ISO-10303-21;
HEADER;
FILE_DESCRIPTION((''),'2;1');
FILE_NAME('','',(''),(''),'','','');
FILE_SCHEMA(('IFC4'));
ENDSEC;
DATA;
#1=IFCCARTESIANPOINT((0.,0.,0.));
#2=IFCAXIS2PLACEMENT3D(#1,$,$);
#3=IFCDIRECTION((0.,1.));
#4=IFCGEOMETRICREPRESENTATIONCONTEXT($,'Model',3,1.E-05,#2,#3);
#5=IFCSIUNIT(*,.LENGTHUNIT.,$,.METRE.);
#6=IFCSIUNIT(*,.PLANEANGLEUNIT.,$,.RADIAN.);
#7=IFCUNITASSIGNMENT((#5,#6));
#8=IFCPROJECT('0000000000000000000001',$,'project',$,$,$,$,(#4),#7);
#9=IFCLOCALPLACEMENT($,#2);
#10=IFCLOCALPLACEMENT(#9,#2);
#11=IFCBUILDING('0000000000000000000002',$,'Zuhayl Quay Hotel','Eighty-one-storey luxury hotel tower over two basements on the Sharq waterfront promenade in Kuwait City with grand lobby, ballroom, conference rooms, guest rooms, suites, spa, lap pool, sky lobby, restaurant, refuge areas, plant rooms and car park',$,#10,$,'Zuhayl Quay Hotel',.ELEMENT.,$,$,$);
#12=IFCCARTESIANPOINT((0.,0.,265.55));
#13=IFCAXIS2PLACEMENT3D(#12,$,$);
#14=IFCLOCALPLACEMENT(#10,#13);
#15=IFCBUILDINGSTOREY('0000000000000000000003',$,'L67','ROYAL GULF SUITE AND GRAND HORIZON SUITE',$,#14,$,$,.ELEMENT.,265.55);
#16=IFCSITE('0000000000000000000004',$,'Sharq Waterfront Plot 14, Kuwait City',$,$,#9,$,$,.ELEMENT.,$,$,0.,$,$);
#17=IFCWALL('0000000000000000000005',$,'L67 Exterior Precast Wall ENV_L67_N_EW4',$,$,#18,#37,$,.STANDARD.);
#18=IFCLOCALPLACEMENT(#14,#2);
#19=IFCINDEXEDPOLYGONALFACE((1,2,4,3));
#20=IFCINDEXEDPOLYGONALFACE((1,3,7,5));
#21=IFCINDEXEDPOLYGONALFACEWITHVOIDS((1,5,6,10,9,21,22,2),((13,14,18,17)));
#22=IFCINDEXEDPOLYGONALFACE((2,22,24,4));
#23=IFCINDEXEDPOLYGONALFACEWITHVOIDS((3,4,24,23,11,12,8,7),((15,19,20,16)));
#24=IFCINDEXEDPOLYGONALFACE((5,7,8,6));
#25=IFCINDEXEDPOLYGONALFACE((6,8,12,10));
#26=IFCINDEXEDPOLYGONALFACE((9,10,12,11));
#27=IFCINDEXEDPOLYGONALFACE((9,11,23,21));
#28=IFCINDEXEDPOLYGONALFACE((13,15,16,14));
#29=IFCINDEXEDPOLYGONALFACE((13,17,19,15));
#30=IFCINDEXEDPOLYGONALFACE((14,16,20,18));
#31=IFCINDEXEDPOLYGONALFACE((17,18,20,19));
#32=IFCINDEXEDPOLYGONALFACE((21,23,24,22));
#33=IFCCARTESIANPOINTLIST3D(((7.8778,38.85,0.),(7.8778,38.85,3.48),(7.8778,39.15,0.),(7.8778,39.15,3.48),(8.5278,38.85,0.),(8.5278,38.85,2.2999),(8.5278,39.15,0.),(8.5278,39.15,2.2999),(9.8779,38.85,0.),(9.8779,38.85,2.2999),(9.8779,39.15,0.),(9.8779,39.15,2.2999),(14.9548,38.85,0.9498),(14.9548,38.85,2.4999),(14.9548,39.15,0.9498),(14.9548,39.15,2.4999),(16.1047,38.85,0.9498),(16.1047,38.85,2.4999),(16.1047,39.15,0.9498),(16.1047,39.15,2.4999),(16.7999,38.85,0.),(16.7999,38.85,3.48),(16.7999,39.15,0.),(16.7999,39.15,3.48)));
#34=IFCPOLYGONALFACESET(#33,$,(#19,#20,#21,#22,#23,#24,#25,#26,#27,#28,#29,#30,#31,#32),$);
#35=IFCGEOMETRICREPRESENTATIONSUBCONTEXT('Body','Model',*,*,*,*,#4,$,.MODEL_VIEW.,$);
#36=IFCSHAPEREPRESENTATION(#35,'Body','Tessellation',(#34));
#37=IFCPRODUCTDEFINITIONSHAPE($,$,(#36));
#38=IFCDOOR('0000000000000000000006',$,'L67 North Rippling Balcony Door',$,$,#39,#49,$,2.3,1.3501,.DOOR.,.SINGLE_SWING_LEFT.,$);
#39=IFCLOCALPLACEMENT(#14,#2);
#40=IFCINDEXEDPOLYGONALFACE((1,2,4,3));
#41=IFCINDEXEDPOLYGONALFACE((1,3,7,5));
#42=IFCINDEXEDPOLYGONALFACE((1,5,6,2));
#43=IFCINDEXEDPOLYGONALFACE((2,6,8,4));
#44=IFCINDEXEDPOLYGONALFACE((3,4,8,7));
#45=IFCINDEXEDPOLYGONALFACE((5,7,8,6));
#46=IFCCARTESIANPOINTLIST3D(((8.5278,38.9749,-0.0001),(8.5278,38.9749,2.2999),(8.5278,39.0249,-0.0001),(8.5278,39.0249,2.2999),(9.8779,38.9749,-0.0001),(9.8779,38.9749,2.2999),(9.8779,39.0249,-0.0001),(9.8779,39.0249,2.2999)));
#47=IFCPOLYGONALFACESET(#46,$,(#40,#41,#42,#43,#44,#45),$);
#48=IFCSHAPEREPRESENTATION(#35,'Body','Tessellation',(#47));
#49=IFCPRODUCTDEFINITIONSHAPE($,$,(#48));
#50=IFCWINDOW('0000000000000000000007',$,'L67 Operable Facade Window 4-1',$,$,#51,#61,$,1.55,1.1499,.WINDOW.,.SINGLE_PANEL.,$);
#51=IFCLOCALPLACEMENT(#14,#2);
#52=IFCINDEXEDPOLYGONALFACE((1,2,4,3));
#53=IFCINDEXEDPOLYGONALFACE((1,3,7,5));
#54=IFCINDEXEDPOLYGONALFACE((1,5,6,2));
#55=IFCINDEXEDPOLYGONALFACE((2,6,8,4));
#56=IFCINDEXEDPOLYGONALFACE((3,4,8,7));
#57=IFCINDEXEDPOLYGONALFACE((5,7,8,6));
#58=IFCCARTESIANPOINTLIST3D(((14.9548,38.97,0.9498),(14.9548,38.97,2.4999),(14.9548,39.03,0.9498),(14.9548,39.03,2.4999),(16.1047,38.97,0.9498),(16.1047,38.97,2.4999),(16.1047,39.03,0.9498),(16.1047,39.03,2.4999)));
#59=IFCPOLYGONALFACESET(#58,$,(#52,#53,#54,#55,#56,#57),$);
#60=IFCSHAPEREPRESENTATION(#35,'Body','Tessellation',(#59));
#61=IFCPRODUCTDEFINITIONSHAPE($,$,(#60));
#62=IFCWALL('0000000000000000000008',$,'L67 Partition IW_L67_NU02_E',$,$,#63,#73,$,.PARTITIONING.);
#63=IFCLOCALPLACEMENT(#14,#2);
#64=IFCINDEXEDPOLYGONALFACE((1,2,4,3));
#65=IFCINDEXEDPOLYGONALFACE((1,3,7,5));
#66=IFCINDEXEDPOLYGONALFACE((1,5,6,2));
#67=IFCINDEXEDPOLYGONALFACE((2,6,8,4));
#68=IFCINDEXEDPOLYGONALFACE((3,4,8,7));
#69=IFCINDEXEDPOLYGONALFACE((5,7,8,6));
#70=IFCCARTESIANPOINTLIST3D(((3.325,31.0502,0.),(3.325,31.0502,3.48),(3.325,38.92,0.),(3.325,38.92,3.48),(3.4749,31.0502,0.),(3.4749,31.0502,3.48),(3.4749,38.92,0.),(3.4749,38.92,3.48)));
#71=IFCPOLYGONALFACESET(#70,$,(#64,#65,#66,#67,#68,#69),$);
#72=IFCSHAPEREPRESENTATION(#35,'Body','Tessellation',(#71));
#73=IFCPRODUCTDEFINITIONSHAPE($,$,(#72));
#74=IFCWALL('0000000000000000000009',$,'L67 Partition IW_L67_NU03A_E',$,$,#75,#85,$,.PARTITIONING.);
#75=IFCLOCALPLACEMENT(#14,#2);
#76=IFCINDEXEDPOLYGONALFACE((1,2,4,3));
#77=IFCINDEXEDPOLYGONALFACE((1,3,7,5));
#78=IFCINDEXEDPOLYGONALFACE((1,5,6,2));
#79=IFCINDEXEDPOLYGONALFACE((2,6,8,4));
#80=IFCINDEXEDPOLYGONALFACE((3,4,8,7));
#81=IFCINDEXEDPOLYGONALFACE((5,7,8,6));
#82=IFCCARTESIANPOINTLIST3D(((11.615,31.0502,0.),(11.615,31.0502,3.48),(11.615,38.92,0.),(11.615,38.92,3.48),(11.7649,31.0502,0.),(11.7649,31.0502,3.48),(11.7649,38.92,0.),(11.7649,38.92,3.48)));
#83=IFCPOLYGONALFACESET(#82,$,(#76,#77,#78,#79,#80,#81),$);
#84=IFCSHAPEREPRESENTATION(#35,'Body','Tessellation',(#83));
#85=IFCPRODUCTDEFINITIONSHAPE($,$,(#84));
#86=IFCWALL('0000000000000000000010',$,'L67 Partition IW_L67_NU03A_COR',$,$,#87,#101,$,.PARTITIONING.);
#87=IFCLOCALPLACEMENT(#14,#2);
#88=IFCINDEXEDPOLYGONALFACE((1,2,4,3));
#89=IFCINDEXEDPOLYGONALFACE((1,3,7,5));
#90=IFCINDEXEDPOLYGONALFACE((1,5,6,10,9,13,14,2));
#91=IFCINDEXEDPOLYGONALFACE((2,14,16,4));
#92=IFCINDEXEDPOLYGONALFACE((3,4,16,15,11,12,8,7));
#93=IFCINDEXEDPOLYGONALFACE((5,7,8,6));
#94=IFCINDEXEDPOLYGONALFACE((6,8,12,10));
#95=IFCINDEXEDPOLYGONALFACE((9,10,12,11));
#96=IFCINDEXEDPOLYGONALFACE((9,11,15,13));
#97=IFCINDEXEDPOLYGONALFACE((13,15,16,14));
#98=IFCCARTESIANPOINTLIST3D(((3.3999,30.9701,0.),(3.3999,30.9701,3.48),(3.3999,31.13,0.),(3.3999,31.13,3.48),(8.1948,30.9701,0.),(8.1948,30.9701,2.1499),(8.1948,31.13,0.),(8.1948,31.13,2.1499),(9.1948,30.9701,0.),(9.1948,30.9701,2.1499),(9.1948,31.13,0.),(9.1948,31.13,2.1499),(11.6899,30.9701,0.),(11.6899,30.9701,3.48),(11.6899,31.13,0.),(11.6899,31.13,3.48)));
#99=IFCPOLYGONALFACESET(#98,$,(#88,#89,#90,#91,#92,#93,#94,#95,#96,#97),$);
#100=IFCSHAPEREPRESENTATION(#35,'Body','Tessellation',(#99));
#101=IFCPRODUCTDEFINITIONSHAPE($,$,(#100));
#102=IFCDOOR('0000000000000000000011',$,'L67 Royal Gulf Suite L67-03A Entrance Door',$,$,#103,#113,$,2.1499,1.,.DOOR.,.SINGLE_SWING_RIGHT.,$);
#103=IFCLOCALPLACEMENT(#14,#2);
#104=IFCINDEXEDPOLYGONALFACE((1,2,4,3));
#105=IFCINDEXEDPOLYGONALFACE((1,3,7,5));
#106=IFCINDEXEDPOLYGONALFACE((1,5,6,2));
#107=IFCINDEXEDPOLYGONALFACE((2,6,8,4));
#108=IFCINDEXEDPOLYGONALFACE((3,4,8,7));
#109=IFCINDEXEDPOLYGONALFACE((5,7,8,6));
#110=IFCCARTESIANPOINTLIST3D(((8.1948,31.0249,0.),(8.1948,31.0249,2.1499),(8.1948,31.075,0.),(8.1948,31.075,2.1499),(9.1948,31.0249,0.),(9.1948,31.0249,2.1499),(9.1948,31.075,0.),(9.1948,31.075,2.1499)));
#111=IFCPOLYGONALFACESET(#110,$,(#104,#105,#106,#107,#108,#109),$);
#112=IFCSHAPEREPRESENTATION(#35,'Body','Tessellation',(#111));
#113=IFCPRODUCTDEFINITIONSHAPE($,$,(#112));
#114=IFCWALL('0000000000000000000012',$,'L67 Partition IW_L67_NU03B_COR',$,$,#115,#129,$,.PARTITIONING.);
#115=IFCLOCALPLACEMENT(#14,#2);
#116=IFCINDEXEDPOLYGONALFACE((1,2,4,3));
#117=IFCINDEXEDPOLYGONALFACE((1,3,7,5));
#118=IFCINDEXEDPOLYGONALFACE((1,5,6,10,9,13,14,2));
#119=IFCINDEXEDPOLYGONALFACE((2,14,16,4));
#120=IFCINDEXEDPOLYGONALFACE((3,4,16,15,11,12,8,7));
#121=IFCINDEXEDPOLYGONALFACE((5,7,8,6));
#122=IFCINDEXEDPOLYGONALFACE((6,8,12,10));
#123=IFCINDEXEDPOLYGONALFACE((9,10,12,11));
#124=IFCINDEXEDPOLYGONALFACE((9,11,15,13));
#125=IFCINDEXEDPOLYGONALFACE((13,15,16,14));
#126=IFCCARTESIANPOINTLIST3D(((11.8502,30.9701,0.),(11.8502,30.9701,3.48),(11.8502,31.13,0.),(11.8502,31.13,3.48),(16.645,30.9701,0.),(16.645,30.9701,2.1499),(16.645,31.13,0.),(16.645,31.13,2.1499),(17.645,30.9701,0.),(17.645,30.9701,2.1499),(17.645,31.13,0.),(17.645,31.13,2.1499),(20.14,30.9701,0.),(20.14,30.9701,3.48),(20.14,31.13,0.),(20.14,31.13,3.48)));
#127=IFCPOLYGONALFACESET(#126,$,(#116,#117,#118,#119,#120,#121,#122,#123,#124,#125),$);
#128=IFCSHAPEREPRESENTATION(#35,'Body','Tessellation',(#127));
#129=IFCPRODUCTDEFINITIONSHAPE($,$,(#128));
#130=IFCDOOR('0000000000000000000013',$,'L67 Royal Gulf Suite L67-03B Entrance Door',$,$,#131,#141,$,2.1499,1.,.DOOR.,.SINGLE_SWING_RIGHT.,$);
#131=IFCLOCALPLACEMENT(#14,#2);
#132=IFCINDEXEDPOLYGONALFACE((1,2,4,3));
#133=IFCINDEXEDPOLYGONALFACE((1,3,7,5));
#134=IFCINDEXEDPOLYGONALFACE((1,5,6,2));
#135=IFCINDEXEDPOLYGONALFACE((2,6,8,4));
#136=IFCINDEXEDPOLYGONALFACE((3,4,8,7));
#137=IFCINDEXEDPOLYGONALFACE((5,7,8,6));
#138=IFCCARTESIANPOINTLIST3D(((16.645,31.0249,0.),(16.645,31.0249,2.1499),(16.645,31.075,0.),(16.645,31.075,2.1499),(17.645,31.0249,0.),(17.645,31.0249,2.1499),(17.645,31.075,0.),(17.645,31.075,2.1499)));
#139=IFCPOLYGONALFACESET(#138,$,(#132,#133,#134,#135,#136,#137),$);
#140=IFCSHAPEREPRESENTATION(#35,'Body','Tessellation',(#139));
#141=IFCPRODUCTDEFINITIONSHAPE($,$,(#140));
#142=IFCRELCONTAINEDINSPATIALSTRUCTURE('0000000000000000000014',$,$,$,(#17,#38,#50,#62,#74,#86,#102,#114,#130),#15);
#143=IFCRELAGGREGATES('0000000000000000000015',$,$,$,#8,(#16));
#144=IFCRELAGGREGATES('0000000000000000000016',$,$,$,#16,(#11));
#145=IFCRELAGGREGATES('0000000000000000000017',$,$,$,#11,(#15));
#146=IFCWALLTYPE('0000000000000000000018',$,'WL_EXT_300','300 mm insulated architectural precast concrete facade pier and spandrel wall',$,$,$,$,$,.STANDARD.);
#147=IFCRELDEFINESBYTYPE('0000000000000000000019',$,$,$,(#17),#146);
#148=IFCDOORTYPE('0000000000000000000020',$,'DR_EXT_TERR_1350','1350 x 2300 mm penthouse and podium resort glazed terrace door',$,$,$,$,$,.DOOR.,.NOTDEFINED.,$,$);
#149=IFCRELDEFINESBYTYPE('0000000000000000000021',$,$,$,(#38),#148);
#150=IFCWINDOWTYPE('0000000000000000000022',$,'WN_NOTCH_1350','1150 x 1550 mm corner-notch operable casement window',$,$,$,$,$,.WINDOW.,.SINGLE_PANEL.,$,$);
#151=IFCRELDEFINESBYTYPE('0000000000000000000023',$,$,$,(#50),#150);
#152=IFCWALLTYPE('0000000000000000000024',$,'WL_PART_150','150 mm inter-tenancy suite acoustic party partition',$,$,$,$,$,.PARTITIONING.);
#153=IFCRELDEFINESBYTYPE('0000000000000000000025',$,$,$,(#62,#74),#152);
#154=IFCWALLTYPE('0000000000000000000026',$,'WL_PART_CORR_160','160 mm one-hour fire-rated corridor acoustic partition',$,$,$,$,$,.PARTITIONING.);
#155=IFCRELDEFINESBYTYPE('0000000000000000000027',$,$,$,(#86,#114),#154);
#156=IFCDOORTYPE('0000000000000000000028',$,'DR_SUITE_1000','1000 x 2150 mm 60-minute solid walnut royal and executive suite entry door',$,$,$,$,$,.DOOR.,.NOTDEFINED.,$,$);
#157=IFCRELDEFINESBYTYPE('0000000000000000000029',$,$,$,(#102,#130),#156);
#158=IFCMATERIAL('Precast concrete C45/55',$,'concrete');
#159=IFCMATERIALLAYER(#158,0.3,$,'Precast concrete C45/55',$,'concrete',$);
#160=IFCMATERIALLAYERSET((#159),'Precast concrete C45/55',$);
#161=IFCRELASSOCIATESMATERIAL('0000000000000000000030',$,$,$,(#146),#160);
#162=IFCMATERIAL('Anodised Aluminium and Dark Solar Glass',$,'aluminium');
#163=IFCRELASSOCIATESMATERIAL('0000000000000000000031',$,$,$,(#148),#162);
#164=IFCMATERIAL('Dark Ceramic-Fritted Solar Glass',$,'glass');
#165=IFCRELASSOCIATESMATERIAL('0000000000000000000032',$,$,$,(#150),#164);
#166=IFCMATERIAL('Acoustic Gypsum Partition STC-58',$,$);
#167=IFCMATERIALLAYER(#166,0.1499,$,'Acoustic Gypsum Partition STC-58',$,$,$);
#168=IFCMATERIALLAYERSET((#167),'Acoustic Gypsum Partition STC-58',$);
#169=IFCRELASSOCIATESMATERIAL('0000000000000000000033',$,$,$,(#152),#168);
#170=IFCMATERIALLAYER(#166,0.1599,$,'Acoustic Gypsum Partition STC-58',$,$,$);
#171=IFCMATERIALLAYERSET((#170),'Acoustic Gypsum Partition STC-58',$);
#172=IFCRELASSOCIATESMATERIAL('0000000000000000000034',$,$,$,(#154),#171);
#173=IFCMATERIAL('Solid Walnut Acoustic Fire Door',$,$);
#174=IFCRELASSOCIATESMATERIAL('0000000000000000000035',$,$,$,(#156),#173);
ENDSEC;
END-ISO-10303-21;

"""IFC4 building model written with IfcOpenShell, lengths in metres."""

from ifc_helpers import new_model, si_unit, direction, frame, frame_2d, origin, place, context, subcontext, project, spatial, rectangle, extrude, material, layer, layer_set, type_object, element, fill, save


model = new_model("IFC4")

# Units and contexts
model_context = context("Model", 3, precision=1e-05, world=origin(), true_north=direction((0.0, 1.0)))
body_context = subcontext(model_context, "Body", "Model", "MODEL_VIEW")
ifc_project = project(units=[si_unit("LENGTHUNIT", "METRE"), si_unit("PLANEANGLEUNIT", "RADIAN")], contexts=[model_context])

# Site, building, storey
site_placement = place(None, origin())
site = spatial("IfcSite", under=ifc_project, at=site_placement, Name="Sharq Waterfront Plot 14, Kuwait City", CompositionType="ELEMENT", RefElevation=0.0)
building_placement = place(site_placement, origin())
building = spatial("IfcBuilding", under=site, at=building_placement, Name="Zuhayl Quay Hotel", Description="Eighty-one-storey luxury hotel tower over two basements on the Sharq waterfront promenade in Kuwait City with grand lobby, ballroom, conference rooms, guest rooms, suites, spa, lap pool, sky lobby, restaurant, refuge areas, plant rooms and car park", LongName="Zuhayl Quay Hotel", CompositionType="ELEMENT")
storey_placement = place(building_placement, frame((0.0, 0.0, 265.55)))
storey = spatial("IfcBuildingStorey", under=building, at=storey_placement, Name="L67", Description="ROYAL GULF SUITE AND GRAND HORIZON SUITE", CompositionType="ELEMENT", Elevation=265.55)

# Shared definitions
ifc_material_1 = material(Name="Dark Ceramic-Fritted Solar Glass", Category="glass")

# Wall, openings, door, window
ifc_material_2 = material(Name="Precast concrete C45/55", Category="concrete")
ifc_layer_1 = layer(ifc_material_2, 0.3, Name="Precast concrete C45/55", Category="concrete")
ifc_layer_set_1 = layer_set([ifc_layer_1], Name="Precast concrete C45/55")
wall_type_1 = type_object("IfcWallType", Name="WL_EXT_300", Description="300 mm insulated architectural precast concrete facade pier and spandrel wall", PredefinedType="STANDARD", material=ifc_layer_set_1)
wall_1_placement = place(storey_placement, frame((7.8779, 39.0, 0.0), z_axis=(0.0, 0.0, 1.0), x_axis=(1.0, 0.0, 0.0)))
wall_1 = element("IfcWall", 1, at=wall_1_placement, inside=storey, type_object=wall_type_1, Name="L67 Exterior Precast Wall ENV_L67_N_EW4", PredefinedType="STANDARD", context=body_context, shape_type="SweptSolid", body=[
    extrude(rectangle(XDim=8.9221, YDim=0.3, at=frame_2d((4.4609, 0.0))), origin(), (0.0, 0.0, 1.0), 3.48),
])
opening_1_placement = place(wall_1_placement, frame((0.6499, 0.0, 0.0)))
opening_1 = element("IfcOpeningElement", 2, at=opening_1_placement, cuts=wall_1, PredefinedType="OPENING", context=body_context, shape_type="SweptSolid", body=[
    extrude(rectangle(XDim=1.3501, YDim=2.3, at=frame_2d((0.675, 1.1499))), frame((0.0, 0.1599, 0.0), z_axis=(0.0, -1.0, 0.0), x_axis=(1.0, 0.0, 0.0)), (0.0, 0.0, 1.0), 0.3201),
])
opening_2_placement = place(wall_1_placement, frame((7.0769, 0.0, 0.95)))
opening_2 = element("IfcOpeningElement", 3, at=opening_2_placement, cuts=wall_1, PredefinedType="OPENING", context=body_context, shape_type="SweptSolid", body=[
    extrude(rectangle(XDim=1.1499, YDim=1.55, at=frame_2d((0.575, 0.7749))), frame((0.0, 0.1599, 0.0), z_axis=(0.0, -1.0, 0.0), x_axis=(1.0, 0.0, 0.0)), (0.0, 0.0, 1.0), 0.3201),
])
ifc_material_3 = material(Name="Anodised Aluminium and Dark Solar Glass", Category="aluminium")
door_type_1 = type_object("IfcDoorType", Name="DR_EXT_TERR_1350", Description="1350 x 2300 mm penthouse and podium resort glazed terrace door", OperationType="NOTDEFINED", PredefinedType="DOOR", material=ifc_material_3)
door_1_placement = place(opening_1_placement, origin())
door_1 = element("IfcDoor", 4, at=door_1_placement, inside=storey, type_object=door_type_1, Name="L67 North Rippling Balcony Door", OperationType="SINGLE_SWING_LEFT", OverallHeight=2.3, OverallWidth=1.3501, PredefinedType="DOOR", context=body_context, shape_type="SweptSolid", body=[
    extrude(rectangle(XDim=1.3501, YDim=2.3, at=frame_2d((0.675, 1.1499))), frame((0.0, 0.0249, 0.0), z_axis=(0.0, -1.0, 0.0), x_axis=(1.0, 0.0, 0.0)), (0.0, 0.0, 1.0), 0.05),
])
fill(opening_1, door_1)
window_type = type_object("IfcWindowType", Name="WN_NOTCH_1350", Description="1150 x 1550 mm corner-notch operable casement window", PartitioningType="SINGLE_PANEL", PredefinedType="WINDOW", material=ifc_material_1)
window_placement = place(opening_2_placement, origin())
window = element("IfcWindow", 5, at=window_placement, inside=storey, type_object=window_type, Name="L67 Operable Facade Window 4-1", OverallHeight=1.55, OverallWidth=1.1499, PartitioningType="SINGLE_PANEL", PredefinedType="WINDOW", context=body_context, shape_type="SweptSolid", body=[
    extrude(rectangle(XDim=1.1499, YDim=1.55, at=frame_2d((0.575, 0.7749))), frame((0.0, 0.03, 0.0), z_axis=(0.0, -1.0, 0.0), x_axis=(1.0, 0.0, 0.0)), (0.0, 0.0, 1.0), 0.0601),
])
fill(opening_2, window)

# Walls
ifc_material_4 = material(Name="Acoustic Gypsum Partition STC-58")
ifc_layer_2 = layer(ifc_material_4, 0.1499, Name="Acoustic Gypsum Partition STC-58")
ifc_layer_set_2 = layer_set([ifc_layer_2], Name="Acoustic Gypsum Partition STC-58")
wall_type_2 = type_object("IfcWallType", Name="WL_PART_150", Description="150 mm inter-tenancy suite acoustic party partition", PredefinedType="PARTITIONING", material=ifc_layer_set_2)
for number, where, z_axis, x_axis, name in (
    (6, (3.3999, 31.05, 0.0), (0.0, 0.0, 1.0), (0.0, 1.0, 0.0), "L67 Partition IW_L67_NU02_E"),
    (7, (11.6899, 31.05, 0.0), (0.0, 0.0, 1.0), (0.0, 1.0, 0.0), "L67 Partition IW_L67_NU03A_E"),
):
    element("IfcWall", number, at=place(storey_placement, frame(where, z_axis=z_axis, x_axis=x_axis)), inside=storey, type_object=wall_type_2, Name=name, PredefinedType="PARTITIONING", context=body_context, shape_type="SweptSolid", body=[
        extrude(rectangle(XDim=7.8699, YDim=0.1499, at=frame_2d((3.9351, 0.0))), origin(), (0.0, 0.0, 1.0), 3.48),
    ])

# Walls, openings, doors
ifc_layer_3 = layer(ifc_material_4, 0.1599, Name="Acoustic Gypsum Partition STC-58")
ifc_layer_set_3 = layer_set([ifc_layer_3], Name="Acoustic Gypsum Partition STC-58")
wall_type_3 = type_object("IfcWallType", Name="WL_PART_CORR_160", Description="160 mm one-hour fire-rated corridor acoustic partition", PredefinedType="PARTITIONING", material=ifc_layer_set_3)
wall_2_placement = place(storey_placement, frame((3.3999, 31.05, 0.0), z_axis=(0.0, 0.0, 1.0), x_axis=(1.0, 0.0, 0.0)))
wall_2 = element("IfcWall", 8, at=wall_2_placement, inside=storey, type_object=wall_type_3, Name="L67 Partition IW_L67_NU03A_COR", PredefinedType="PARTITIONING", context=body_context, shape_type="SweptSolid", body=[
    extrude(rectangle(XDim=8.29, YDim=0.1599, at=frame_2d((4.145, 0.0))), origin(), (0.0, 0.0, 1.0), 3.48),
])
opening_3_placement = place(wall_2_placement, frame((4.7949, 0.0, 0.0)))
opening_3 = element("IfcOpeningElement", 9, at=opening_3_placement, cuts=wall_2, PredefinedType="OPENING", context=body_context, shape_type="SweptSolid", body=[
    extrude(rectangle(XDim=1.0, YDim=2.1499, at=frame_2d((0.5, 1.075))), frame((0.0, 0.0898, 0.0), z_axis=(0.0, -1.0, 0.0), x_axis=(1.0, 0.0, 0.0)), (0.0, 0.0, 1.0), 0.1799),
])
ifc_material_5 = material(Name="Solid Walnut Acoustic Fire Door")
door_type_2 = type_object("IfcDoorType", Name="DR_SUITE_1000", Description="1000 x 2150 mm 60-minute solid walnut royal and executive suite entry door", OperationType="NOTDEFINED", PredefinedType="DOOR", material=ifc_material_5)
door_2_placement = place(opening_3_placement, origin())
door_2 = element("IfcDoor", 10, at=door_2_placement, inside=storey, type_object=door_type_2, Name="L67 Royal Gulf Suite L67-03A Entrance Door", OperationType="SINGLE_SWING_RIGHT", OverallHeight=2.1499, OverallWidth=1.0, PredefinedType="DOOR", context=body_context, shape_type="SweptSolid", body=[
    extrude(rectangle(XDim=1.0, YDim=2.1499, at=frame_2d((0.5, 1.075))), frame((0.0, 0.0249, 0.0), z_axis=(0.0, -1.0, 0.0), x_axis=(1.0, 0.0, 0.0)), (0.0, 0.0, 1.0), 0.05),
])
fill(opening_3, door_2)
wall_3_placement = place(storey_placement, frame((11.8501, 31.05, 0.0), z_axis=(0.0, 0.0, 1.0), x_axis=(1.0, 0.0, 0.0)))
wall_3 = element("IfcWall", 11, at=wall_3_placement, inside=storey, type_object=wall_type_3, Name="L67 Partition IW_L67_NU03B_COR", PredefinedType="PARTITIONING", context=body_context, shape_type="SweptSolid", body=[
    extrude(rectangle(XDim=8.2898, YDim=0.1599, at=frame_2d((4.145, 0.0))), origin(), (0.0, 0.0, 1.0), 3.48),
])
opening_4_placement = place(wall_3_placement, frame((4.7949, 0.0, 0.0)))
opening_4 = element("IfcOpeningElement", 12, at=opening_4_placement, cuts=wall_3, PredefinedType="OPENING", context=body_context, shape_type="SweptSolid", body=[
    extrude(rectangle(XDim=1.0, YDim=2.1499, at=frame_2d((0.5, 1.075))), frame((0.0, 0.0898, 0.0), z_axis=(0.0, -1.0, 0.0), x_axis=(1.0, 0.0, 0.0)), (0.0, 0.0, 1.0), 0.1799),
])
door_3_placement = place(opening_4_placement, origin())
door_3 = element("IfcDoor", 13, at=door_3_placement, inside=storey, type_object=door_type_2, Name="L67 Royal Gulf Suite L67-03B Entrance Door", OperationType="SINGLE_SWING_RIGHT", OverallHeight=2.1499, OverallWidth=1.0, PredefinedType="DOOR", context=body_context, shape_type="SweptSolid", body=[
    extrude(rectangle(XDim=1.0, YDim=2.1499, at=frame_2d((0.5, 1.075))), frame((0.0, 0.0249, 0.0), z_axis=(0.0, -1.0, 0.0), x_axis=(1.0, 0.0, 0.0)), (0.0, 0.0, 1.0), 0.05),
])
fill(opening_4, door_3)

save(model, "model.ifc")
